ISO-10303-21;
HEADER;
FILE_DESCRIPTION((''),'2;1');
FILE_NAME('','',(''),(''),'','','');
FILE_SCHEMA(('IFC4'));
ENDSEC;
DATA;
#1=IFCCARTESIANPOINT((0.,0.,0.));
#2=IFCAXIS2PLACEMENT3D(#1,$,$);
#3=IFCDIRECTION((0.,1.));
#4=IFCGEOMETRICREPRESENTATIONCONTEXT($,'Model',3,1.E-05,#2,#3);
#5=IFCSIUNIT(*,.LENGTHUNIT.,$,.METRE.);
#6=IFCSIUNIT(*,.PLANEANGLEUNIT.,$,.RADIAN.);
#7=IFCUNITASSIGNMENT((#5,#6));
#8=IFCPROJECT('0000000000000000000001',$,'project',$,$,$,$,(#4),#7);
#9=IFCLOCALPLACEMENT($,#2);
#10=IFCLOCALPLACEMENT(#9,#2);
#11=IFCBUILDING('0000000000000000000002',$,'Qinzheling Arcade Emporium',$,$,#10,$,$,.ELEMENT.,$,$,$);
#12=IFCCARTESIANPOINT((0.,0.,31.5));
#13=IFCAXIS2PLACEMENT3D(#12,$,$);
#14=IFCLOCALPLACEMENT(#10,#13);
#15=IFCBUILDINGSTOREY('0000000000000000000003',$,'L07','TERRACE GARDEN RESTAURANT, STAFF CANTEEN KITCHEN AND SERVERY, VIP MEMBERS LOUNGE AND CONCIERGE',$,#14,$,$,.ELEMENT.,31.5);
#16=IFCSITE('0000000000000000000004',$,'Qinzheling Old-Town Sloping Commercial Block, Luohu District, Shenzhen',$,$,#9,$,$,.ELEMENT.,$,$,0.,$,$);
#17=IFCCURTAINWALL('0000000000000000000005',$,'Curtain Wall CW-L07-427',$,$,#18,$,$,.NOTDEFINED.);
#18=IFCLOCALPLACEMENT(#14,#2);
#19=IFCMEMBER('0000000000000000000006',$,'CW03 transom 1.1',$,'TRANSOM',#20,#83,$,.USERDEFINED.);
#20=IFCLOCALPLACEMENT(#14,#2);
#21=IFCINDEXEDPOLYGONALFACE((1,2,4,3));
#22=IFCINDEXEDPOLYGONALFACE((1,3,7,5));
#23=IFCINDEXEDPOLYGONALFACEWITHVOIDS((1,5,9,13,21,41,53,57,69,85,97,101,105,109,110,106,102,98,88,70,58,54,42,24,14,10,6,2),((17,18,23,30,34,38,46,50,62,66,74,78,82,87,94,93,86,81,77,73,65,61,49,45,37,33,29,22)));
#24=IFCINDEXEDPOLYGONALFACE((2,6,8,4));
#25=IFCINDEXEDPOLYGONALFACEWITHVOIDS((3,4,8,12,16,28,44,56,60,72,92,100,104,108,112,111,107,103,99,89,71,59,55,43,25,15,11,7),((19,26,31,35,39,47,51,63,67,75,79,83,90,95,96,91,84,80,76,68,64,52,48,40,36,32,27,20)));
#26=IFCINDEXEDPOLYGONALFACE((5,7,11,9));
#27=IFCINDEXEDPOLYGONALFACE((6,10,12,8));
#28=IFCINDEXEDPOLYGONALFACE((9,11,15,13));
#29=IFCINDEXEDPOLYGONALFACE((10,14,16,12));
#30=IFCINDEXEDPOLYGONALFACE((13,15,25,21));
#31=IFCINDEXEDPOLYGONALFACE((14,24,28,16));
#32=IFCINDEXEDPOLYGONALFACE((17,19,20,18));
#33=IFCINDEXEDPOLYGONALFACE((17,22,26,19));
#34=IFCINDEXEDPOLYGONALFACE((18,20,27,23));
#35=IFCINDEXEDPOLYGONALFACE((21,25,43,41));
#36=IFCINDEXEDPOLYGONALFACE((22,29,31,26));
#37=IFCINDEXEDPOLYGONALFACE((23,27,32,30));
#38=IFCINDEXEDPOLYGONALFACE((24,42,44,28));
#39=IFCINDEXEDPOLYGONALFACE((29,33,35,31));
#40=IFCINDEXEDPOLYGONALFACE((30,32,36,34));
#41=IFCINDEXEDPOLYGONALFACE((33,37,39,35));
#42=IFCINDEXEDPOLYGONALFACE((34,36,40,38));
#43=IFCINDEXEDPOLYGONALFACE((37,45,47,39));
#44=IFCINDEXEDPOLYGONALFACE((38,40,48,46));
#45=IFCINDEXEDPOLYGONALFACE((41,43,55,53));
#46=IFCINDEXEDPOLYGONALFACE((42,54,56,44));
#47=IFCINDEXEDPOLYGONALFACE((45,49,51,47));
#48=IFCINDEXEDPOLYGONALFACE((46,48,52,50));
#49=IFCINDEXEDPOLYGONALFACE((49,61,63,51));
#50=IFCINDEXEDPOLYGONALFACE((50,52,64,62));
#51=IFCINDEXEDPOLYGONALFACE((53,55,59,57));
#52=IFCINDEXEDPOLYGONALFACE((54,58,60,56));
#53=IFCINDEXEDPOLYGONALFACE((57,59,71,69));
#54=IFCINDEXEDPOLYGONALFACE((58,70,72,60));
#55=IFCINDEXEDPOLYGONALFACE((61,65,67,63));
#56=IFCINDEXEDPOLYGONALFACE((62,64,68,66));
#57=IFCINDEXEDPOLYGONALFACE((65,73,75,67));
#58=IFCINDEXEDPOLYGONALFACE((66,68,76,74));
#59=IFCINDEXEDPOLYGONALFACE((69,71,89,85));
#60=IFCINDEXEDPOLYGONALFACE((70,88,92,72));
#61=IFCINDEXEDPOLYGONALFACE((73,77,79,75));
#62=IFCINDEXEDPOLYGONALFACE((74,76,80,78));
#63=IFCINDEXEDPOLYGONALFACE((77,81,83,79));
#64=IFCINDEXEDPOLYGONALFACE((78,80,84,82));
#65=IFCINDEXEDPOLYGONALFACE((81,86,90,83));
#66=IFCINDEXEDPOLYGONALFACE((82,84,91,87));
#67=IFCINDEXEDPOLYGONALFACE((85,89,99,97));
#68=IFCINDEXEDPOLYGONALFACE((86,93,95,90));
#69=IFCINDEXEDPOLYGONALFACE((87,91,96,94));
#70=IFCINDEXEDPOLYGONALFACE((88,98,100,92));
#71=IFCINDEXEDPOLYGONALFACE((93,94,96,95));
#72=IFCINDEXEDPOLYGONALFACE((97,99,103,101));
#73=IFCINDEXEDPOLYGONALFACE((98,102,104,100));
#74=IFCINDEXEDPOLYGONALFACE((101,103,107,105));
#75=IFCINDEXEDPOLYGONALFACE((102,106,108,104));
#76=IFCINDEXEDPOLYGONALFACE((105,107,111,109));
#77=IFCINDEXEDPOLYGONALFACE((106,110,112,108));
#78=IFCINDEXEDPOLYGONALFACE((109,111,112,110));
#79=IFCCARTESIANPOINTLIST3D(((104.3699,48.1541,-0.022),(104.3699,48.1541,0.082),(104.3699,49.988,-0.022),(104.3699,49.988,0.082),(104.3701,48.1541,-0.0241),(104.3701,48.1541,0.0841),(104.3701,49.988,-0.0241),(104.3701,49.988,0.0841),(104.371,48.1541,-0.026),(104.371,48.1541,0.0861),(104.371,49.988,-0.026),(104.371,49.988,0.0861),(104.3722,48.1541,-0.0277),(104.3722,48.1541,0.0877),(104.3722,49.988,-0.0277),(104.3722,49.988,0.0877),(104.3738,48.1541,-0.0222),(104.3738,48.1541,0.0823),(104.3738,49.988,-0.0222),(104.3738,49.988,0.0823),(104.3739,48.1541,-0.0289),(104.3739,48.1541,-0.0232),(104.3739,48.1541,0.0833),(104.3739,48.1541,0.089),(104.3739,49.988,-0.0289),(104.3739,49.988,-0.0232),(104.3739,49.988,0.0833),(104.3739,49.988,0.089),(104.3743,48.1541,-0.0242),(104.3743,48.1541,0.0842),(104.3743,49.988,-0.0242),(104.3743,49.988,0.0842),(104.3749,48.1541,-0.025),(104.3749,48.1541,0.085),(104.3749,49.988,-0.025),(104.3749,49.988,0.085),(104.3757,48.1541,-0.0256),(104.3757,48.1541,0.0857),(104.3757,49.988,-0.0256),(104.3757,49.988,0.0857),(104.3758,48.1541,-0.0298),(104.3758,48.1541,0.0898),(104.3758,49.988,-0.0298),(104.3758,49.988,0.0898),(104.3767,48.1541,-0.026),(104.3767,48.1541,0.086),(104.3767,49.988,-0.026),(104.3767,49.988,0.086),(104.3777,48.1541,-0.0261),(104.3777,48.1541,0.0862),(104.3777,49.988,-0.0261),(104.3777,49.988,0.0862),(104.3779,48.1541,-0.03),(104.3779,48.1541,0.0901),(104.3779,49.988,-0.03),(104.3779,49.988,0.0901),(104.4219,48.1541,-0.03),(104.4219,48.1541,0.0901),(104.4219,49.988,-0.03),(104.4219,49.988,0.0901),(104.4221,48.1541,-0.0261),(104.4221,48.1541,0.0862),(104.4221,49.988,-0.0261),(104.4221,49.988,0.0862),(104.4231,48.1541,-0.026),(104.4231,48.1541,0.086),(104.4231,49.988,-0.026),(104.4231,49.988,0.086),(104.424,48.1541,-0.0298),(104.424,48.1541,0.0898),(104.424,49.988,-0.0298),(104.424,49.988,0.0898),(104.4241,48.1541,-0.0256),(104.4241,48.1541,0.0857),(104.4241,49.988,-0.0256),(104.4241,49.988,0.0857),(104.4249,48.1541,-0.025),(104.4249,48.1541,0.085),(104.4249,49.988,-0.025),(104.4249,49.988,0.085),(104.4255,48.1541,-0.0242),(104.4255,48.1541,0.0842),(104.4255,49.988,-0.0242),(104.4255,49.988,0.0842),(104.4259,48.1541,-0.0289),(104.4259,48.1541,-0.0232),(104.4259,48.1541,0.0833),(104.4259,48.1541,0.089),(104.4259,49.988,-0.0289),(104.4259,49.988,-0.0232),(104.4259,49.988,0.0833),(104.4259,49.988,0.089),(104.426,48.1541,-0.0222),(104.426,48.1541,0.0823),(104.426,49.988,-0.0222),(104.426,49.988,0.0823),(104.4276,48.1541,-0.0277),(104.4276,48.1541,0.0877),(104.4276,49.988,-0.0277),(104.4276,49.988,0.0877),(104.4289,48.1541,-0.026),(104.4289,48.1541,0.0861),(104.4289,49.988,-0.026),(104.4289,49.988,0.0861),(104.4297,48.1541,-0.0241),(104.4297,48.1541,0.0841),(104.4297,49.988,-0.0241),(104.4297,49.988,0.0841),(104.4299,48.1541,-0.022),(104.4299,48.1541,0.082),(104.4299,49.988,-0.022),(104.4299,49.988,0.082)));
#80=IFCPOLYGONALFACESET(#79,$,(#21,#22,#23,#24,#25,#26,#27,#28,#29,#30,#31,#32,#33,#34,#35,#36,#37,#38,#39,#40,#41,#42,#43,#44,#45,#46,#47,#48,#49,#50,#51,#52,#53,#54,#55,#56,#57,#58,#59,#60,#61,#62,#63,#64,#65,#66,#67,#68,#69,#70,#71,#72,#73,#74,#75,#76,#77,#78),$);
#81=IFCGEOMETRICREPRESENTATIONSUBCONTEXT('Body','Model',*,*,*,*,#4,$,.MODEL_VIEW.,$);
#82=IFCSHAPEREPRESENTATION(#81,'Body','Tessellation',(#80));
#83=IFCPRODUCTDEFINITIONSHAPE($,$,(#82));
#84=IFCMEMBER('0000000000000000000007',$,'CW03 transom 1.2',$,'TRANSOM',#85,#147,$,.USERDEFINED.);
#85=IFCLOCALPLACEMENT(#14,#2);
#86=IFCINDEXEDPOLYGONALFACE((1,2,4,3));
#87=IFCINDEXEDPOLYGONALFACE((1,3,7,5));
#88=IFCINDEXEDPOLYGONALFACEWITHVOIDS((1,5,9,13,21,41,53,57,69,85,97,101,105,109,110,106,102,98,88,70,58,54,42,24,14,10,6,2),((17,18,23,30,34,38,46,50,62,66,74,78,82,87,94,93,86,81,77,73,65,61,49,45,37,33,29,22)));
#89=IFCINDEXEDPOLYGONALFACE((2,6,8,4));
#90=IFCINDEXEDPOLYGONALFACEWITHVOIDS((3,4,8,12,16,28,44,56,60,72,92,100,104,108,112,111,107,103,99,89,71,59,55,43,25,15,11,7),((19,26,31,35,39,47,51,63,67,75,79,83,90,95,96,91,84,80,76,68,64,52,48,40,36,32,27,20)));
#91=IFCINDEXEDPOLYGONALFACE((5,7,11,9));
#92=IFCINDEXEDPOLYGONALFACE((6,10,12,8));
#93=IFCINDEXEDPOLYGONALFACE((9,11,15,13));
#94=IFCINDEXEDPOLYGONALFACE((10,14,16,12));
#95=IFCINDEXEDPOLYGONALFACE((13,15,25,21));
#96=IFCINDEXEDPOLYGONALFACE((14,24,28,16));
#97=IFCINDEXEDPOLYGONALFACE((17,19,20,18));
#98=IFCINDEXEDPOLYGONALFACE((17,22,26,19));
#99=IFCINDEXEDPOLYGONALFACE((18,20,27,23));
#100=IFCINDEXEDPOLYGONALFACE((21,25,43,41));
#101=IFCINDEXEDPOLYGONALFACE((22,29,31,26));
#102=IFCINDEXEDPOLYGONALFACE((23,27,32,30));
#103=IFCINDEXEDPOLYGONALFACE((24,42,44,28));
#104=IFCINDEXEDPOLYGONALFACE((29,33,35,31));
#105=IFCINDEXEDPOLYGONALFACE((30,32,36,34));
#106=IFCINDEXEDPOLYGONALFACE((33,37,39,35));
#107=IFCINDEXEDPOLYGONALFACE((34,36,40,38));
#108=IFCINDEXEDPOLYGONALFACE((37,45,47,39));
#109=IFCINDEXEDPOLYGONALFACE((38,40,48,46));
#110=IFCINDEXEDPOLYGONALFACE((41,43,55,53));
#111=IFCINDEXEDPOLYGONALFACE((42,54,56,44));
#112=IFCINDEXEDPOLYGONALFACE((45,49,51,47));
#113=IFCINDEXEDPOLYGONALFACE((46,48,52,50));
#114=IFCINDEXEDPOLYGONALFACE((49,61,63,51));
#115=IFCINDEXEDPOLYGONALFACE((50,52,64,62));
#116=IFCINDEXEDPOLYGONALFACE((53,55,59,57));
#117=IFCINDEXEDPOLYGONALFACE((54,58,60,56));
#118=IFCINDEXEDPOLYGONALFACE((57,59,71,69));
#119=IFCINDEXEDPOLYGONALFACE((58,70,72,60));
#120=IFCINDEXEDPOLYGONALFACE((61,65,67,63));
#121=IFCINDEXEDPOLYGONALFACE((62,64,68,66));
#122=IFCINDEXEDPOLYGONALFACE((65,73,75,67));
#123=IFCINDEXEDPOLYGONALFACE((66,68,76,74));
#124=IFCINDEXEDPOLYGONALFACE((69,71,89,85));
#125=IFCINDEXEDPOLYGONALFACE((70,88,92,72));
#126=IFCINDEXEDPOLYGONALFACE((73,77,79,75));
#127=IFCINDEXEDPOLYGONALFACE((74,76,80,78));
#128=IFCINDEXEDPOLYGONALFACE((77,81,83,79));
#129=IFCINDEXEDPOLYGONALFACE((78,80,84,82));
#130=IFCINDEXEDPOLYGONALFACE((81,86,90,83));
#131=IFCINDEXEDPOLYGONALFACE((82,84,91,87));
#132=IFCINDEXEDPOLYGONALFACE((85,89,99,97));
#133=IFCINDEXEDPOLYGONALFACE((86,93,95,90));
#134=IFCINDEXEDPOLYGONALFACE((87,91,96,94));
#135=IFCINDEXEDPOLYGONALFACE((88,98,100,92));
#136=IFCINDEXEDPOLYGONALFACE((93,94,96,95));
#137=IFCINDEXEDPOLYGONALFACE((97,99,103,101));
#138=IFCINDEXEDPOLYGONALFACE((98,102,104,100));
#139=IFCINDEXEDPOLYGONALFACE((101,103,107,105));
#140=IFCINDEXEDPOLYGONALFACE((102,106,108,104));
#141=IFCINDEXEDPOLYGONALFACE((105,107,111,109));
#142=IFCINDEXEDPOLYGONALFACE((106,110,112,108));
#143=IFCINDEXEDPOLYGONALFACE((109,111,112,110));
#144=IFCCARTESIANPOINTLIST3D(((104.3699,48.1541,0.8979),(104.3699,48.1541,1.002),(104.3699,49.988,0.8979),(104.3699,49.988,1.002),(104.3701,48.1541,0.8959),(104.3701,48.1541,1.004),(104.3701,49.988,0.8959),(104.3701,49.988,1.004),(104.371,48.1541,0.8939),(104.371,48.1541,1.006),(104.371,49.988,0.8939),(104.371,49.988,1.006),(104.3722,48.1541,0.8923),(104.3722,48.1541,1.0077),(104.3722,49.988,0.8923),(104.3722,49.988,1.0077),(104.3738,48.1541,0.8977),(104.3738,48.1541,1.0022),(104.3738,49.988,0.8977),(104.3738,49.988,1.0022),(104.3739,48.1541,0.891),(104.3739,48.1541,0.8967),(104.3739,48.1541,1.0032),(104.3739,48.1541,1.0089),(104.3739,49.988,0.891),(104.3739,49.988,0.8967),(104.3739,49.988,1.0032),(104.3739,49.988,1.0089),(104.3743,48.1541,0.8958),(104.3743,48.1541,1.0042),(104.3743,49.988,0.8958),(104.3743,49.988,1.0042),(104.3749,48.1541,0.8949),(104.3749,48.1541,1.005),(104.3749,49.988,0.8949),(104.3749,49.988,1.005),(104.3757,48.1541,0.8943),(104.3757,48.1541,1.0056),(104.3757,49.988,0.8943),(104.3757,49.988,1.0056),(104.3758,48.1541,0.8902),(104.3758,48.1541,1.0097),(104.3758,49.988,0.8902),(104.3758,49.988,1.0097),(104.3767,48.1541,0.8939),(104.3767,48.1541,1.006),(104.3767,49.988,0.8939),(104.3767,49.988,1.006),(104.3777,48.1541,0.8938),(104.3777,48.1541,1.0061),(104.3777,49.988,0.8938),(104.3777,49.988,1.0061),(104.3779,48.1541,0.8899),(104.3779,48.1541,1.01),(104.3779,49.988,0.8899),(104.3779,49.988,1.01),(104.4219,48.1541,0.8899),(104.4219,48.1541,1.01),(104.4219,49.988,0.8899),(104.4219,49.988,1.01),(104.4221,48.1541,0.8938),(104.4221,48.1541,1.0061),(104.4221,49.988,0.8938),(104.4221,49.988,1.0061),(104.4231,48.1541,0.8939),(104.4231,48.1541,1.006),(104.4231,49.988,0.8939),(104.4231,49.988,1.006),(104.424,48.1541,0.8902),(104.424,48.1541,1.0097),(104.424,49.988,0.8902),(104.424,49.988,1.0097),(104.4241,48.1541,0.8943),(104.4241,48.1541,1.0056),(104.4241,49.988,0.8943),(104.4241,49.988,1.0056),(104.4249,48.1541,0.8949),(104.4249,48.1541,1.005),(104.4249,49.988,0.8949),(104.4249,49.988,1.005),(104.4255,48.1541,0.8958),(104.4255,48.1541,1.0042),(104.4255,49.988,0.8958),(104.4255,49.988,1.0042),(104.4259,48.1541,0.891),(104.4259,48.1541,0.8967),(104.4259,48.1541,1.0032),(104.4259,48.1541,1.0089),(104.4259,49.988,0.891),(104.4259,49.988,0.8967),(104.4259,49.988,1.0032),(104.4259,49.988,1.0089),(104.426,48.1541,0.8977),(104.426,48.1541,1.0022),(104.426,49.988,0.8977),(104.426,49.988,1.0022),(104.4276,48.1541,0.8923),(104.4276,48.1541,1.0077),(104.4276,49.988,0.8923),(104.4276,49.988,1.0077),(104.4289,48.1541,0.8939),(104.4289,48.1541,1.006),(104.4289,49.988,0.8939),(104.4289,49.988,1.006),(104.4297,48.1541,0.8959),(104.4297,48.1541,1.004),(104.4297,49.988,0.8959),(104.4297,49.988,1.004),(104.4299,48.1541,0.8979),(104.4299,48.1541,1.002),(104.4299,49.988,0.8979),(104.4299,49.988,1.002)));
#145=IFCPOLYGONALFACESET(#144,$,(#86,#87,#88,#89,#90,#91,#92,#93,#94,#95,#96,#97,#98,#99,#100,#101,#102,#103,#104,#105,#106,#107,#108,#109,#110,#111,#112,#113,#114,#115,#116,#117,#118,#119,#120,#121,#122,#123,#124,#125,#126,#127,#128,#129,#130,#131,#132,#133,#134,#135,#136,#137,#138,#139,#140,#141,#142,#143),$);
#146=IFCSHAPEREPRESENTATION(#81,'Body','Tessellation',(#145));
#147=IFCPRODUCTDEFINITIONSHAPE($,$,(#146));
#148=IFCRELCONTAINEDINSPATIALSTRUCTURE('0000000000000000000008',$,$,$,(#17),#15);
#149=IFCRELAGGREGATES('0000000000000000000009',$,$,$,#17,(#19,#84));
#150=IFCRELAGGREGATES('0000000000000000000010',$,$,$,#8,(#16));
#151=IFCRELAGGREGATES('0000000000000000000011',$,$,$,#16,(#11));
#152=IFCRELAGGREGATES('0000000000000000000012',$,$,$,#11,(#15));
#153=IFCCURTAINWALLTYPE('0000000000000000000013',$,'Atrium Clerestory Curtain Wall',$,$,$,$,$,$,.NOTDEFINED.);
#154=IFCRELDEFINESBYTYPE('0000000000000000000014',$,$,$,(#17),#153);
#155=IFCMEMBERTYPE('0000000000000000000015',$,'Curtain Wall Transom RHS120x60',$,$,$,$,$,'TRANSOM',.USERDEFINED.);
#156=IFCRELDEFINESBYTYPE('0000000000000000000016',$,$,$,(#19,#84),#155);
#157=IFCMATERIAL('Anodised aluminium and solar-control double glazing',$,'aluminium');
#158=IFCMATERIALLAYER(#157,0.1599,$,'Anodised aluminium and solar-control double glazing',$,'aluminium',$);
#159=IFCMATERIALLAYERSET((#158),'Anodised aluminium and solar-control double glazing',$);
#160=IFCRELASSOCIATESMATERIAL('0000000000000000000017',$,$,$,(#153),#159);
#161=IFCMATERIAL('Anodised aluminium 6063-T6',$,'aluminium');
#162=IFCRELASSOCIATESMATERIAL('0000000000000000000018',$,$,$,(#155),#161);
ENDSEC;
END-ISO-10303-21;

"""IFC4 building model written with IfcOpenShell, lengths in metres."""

from ifc_helpers import new_model, si_unit, direction, frame, origin, origin_2d, place, context, subcontext, project, spatial, hollow_rectangle, extrude, material, layer, layer_set, material_profile, profile_set, type_object, element, aggregate, save


model = new_model("IFC4")

# Units and contexts
model_context = context("Model", 3, precision=1e-05, world=origin(), true_north=direction((0.0, 1.0)))
body_context = subcontext(model_context, "Body", "Model", "MODEL_VIEW")
ifc_project = project(units=[si_unit("LENGTHUNIT", "METRE"), si_unit("PLANEANGLEUNIT", "RADIAN")], contexts=[model_context])

# Site, building, storey
site_placement = place(None, origin())
site = spatial("IfcSite", under=ifc_project, at=site_placement, Name="Qinzheling Old-Town Sloping Commercial Block, Luohu District, Shenzhen", CompositionType="ELEMENT", RefElevation=0.0)
building_placement = place(site_placement, origin())
building = spatial("IfcBuilding", under=site, at=building_placement, Name="Qinzheling Arcade Emporium", CompositionType="ELEMENT")
storey_placement = place(building_placement, frame((0.0, 0.0, 31.5)))
storey = spatial("IfcBuildingStorey", under=building, at=storey_placement, Name="L07", Description="TERRACE GARDEN RESTAURANT, STAFF CANTEEN KITCHEN AND SERVERY, VIP MEMBERS LOUNGE AND CONCIERGE", CompositionType="ELEMENT", Elevation=31.5)

# Shared definitions
ifc_material_1 = material(Name="Anodised aluminium and solar-control double glazing", Category="aluminium")
ifc_layer_1 = layer(ifc_material_1, 0.1599, Name="Anodised aluminium and solar-control double glazing", Category="aluminium")
ifc_layer_set_1 = layer_set([ifc_layer_1], Name="Anodised aluminium and solar-control double glazing")
curtain_wall_type = type_object("IfcCurtainWallType", Name="Atrium Clerestory Curtain Wall", PredefinedType="NOTDEFINED", material=ifc_layer_set_1)
ifc_material_2 = material(Name="Anodised aluminium 6063-T6", Category="aluminium")

# Curtain wall, members
curtain_wall_1_placement = place(storey_placement, origin())
curtain_wall_1 = element("IfcCurtainWall", 1, at=curtain_wall_1_placement, inside=storey, type_object=curtain_wall_type, Name="Curtain Wall CW-L07-427", PredefinedType="NOTDEFINED")
ifc_material_profile_1 = material_profile(ifc_material_2, hollow_rectangle(XDim=0.0601, YDim=0.1201, WallThickness=0.0039, InnerFilletRadius=0.0039, OuterFilletRadius=0.0081, at=origin_2d()), Name="RHS 120x60x4", Category="aluminium")
ifc_profile_set_1 = profile_set([ifc_material_profile_1], Name="Anodised aluminium 6063-T6")
member_type_1 = type_object("IfcMemberType", Name="Curtain Wall Transom RHS120x60", ElementType="TRANSOM", PredefinedType="USERDEFINED", material=ifc_profile_set_1)
member_1_placement = place(storey_placement, frame((104.3999, 49.988, 0.03), z_axis=(0.0, -1.0, 0.0), x_axis=(1.0, 0.0, 0.0)))
member_1 = element("IfcMember", 2, at=member_1_placement, type_object=member_type_1, Name="CW03 transom 1.1", ObjectType="TRANSOM", PredefinedType="USERDEFINED", context=body_context, shape_type="SweptSolid", body=[
    extrude(hollow_rectangle(XDim=0.0601, YDim=0.1201, WallThickness=0.0039, InnerFilletRadius=0.0039, OuterFilletRadius=0.0081, at=origin_2d()), origin(), (0.0, 0.0, 1.0), 1.834),
])
member_2_placement = place(storey_placement, frame((104.3999, 49.988, 0.95), z_axis=(0.0, -1.0, 0.0), x_axis=(1.0, 0.0, 0.0)))
member_2 = element("IfcMember", 3, at=member_2_placement, type_object=member_type_1, Name="CW03 transom 1.2", ObjectType="TRANSOM", PredefinedType="USERDEFINED", context=body_context, shape_type="SweptSolid", body=[
    extrude(hollow_rectangle(XDim=0.0601, YDim=0.1201, WallThickness=0.0039, InnerFilletRadius=0.0039, OuterFilletRadius=0.0081, at=origin_2d()), origin(), (0.0, 0.0, 1.0), 1.834),
])

aggregate(curtain_wall_1, [member_1, member_2])

save(model, "model.ifc")
